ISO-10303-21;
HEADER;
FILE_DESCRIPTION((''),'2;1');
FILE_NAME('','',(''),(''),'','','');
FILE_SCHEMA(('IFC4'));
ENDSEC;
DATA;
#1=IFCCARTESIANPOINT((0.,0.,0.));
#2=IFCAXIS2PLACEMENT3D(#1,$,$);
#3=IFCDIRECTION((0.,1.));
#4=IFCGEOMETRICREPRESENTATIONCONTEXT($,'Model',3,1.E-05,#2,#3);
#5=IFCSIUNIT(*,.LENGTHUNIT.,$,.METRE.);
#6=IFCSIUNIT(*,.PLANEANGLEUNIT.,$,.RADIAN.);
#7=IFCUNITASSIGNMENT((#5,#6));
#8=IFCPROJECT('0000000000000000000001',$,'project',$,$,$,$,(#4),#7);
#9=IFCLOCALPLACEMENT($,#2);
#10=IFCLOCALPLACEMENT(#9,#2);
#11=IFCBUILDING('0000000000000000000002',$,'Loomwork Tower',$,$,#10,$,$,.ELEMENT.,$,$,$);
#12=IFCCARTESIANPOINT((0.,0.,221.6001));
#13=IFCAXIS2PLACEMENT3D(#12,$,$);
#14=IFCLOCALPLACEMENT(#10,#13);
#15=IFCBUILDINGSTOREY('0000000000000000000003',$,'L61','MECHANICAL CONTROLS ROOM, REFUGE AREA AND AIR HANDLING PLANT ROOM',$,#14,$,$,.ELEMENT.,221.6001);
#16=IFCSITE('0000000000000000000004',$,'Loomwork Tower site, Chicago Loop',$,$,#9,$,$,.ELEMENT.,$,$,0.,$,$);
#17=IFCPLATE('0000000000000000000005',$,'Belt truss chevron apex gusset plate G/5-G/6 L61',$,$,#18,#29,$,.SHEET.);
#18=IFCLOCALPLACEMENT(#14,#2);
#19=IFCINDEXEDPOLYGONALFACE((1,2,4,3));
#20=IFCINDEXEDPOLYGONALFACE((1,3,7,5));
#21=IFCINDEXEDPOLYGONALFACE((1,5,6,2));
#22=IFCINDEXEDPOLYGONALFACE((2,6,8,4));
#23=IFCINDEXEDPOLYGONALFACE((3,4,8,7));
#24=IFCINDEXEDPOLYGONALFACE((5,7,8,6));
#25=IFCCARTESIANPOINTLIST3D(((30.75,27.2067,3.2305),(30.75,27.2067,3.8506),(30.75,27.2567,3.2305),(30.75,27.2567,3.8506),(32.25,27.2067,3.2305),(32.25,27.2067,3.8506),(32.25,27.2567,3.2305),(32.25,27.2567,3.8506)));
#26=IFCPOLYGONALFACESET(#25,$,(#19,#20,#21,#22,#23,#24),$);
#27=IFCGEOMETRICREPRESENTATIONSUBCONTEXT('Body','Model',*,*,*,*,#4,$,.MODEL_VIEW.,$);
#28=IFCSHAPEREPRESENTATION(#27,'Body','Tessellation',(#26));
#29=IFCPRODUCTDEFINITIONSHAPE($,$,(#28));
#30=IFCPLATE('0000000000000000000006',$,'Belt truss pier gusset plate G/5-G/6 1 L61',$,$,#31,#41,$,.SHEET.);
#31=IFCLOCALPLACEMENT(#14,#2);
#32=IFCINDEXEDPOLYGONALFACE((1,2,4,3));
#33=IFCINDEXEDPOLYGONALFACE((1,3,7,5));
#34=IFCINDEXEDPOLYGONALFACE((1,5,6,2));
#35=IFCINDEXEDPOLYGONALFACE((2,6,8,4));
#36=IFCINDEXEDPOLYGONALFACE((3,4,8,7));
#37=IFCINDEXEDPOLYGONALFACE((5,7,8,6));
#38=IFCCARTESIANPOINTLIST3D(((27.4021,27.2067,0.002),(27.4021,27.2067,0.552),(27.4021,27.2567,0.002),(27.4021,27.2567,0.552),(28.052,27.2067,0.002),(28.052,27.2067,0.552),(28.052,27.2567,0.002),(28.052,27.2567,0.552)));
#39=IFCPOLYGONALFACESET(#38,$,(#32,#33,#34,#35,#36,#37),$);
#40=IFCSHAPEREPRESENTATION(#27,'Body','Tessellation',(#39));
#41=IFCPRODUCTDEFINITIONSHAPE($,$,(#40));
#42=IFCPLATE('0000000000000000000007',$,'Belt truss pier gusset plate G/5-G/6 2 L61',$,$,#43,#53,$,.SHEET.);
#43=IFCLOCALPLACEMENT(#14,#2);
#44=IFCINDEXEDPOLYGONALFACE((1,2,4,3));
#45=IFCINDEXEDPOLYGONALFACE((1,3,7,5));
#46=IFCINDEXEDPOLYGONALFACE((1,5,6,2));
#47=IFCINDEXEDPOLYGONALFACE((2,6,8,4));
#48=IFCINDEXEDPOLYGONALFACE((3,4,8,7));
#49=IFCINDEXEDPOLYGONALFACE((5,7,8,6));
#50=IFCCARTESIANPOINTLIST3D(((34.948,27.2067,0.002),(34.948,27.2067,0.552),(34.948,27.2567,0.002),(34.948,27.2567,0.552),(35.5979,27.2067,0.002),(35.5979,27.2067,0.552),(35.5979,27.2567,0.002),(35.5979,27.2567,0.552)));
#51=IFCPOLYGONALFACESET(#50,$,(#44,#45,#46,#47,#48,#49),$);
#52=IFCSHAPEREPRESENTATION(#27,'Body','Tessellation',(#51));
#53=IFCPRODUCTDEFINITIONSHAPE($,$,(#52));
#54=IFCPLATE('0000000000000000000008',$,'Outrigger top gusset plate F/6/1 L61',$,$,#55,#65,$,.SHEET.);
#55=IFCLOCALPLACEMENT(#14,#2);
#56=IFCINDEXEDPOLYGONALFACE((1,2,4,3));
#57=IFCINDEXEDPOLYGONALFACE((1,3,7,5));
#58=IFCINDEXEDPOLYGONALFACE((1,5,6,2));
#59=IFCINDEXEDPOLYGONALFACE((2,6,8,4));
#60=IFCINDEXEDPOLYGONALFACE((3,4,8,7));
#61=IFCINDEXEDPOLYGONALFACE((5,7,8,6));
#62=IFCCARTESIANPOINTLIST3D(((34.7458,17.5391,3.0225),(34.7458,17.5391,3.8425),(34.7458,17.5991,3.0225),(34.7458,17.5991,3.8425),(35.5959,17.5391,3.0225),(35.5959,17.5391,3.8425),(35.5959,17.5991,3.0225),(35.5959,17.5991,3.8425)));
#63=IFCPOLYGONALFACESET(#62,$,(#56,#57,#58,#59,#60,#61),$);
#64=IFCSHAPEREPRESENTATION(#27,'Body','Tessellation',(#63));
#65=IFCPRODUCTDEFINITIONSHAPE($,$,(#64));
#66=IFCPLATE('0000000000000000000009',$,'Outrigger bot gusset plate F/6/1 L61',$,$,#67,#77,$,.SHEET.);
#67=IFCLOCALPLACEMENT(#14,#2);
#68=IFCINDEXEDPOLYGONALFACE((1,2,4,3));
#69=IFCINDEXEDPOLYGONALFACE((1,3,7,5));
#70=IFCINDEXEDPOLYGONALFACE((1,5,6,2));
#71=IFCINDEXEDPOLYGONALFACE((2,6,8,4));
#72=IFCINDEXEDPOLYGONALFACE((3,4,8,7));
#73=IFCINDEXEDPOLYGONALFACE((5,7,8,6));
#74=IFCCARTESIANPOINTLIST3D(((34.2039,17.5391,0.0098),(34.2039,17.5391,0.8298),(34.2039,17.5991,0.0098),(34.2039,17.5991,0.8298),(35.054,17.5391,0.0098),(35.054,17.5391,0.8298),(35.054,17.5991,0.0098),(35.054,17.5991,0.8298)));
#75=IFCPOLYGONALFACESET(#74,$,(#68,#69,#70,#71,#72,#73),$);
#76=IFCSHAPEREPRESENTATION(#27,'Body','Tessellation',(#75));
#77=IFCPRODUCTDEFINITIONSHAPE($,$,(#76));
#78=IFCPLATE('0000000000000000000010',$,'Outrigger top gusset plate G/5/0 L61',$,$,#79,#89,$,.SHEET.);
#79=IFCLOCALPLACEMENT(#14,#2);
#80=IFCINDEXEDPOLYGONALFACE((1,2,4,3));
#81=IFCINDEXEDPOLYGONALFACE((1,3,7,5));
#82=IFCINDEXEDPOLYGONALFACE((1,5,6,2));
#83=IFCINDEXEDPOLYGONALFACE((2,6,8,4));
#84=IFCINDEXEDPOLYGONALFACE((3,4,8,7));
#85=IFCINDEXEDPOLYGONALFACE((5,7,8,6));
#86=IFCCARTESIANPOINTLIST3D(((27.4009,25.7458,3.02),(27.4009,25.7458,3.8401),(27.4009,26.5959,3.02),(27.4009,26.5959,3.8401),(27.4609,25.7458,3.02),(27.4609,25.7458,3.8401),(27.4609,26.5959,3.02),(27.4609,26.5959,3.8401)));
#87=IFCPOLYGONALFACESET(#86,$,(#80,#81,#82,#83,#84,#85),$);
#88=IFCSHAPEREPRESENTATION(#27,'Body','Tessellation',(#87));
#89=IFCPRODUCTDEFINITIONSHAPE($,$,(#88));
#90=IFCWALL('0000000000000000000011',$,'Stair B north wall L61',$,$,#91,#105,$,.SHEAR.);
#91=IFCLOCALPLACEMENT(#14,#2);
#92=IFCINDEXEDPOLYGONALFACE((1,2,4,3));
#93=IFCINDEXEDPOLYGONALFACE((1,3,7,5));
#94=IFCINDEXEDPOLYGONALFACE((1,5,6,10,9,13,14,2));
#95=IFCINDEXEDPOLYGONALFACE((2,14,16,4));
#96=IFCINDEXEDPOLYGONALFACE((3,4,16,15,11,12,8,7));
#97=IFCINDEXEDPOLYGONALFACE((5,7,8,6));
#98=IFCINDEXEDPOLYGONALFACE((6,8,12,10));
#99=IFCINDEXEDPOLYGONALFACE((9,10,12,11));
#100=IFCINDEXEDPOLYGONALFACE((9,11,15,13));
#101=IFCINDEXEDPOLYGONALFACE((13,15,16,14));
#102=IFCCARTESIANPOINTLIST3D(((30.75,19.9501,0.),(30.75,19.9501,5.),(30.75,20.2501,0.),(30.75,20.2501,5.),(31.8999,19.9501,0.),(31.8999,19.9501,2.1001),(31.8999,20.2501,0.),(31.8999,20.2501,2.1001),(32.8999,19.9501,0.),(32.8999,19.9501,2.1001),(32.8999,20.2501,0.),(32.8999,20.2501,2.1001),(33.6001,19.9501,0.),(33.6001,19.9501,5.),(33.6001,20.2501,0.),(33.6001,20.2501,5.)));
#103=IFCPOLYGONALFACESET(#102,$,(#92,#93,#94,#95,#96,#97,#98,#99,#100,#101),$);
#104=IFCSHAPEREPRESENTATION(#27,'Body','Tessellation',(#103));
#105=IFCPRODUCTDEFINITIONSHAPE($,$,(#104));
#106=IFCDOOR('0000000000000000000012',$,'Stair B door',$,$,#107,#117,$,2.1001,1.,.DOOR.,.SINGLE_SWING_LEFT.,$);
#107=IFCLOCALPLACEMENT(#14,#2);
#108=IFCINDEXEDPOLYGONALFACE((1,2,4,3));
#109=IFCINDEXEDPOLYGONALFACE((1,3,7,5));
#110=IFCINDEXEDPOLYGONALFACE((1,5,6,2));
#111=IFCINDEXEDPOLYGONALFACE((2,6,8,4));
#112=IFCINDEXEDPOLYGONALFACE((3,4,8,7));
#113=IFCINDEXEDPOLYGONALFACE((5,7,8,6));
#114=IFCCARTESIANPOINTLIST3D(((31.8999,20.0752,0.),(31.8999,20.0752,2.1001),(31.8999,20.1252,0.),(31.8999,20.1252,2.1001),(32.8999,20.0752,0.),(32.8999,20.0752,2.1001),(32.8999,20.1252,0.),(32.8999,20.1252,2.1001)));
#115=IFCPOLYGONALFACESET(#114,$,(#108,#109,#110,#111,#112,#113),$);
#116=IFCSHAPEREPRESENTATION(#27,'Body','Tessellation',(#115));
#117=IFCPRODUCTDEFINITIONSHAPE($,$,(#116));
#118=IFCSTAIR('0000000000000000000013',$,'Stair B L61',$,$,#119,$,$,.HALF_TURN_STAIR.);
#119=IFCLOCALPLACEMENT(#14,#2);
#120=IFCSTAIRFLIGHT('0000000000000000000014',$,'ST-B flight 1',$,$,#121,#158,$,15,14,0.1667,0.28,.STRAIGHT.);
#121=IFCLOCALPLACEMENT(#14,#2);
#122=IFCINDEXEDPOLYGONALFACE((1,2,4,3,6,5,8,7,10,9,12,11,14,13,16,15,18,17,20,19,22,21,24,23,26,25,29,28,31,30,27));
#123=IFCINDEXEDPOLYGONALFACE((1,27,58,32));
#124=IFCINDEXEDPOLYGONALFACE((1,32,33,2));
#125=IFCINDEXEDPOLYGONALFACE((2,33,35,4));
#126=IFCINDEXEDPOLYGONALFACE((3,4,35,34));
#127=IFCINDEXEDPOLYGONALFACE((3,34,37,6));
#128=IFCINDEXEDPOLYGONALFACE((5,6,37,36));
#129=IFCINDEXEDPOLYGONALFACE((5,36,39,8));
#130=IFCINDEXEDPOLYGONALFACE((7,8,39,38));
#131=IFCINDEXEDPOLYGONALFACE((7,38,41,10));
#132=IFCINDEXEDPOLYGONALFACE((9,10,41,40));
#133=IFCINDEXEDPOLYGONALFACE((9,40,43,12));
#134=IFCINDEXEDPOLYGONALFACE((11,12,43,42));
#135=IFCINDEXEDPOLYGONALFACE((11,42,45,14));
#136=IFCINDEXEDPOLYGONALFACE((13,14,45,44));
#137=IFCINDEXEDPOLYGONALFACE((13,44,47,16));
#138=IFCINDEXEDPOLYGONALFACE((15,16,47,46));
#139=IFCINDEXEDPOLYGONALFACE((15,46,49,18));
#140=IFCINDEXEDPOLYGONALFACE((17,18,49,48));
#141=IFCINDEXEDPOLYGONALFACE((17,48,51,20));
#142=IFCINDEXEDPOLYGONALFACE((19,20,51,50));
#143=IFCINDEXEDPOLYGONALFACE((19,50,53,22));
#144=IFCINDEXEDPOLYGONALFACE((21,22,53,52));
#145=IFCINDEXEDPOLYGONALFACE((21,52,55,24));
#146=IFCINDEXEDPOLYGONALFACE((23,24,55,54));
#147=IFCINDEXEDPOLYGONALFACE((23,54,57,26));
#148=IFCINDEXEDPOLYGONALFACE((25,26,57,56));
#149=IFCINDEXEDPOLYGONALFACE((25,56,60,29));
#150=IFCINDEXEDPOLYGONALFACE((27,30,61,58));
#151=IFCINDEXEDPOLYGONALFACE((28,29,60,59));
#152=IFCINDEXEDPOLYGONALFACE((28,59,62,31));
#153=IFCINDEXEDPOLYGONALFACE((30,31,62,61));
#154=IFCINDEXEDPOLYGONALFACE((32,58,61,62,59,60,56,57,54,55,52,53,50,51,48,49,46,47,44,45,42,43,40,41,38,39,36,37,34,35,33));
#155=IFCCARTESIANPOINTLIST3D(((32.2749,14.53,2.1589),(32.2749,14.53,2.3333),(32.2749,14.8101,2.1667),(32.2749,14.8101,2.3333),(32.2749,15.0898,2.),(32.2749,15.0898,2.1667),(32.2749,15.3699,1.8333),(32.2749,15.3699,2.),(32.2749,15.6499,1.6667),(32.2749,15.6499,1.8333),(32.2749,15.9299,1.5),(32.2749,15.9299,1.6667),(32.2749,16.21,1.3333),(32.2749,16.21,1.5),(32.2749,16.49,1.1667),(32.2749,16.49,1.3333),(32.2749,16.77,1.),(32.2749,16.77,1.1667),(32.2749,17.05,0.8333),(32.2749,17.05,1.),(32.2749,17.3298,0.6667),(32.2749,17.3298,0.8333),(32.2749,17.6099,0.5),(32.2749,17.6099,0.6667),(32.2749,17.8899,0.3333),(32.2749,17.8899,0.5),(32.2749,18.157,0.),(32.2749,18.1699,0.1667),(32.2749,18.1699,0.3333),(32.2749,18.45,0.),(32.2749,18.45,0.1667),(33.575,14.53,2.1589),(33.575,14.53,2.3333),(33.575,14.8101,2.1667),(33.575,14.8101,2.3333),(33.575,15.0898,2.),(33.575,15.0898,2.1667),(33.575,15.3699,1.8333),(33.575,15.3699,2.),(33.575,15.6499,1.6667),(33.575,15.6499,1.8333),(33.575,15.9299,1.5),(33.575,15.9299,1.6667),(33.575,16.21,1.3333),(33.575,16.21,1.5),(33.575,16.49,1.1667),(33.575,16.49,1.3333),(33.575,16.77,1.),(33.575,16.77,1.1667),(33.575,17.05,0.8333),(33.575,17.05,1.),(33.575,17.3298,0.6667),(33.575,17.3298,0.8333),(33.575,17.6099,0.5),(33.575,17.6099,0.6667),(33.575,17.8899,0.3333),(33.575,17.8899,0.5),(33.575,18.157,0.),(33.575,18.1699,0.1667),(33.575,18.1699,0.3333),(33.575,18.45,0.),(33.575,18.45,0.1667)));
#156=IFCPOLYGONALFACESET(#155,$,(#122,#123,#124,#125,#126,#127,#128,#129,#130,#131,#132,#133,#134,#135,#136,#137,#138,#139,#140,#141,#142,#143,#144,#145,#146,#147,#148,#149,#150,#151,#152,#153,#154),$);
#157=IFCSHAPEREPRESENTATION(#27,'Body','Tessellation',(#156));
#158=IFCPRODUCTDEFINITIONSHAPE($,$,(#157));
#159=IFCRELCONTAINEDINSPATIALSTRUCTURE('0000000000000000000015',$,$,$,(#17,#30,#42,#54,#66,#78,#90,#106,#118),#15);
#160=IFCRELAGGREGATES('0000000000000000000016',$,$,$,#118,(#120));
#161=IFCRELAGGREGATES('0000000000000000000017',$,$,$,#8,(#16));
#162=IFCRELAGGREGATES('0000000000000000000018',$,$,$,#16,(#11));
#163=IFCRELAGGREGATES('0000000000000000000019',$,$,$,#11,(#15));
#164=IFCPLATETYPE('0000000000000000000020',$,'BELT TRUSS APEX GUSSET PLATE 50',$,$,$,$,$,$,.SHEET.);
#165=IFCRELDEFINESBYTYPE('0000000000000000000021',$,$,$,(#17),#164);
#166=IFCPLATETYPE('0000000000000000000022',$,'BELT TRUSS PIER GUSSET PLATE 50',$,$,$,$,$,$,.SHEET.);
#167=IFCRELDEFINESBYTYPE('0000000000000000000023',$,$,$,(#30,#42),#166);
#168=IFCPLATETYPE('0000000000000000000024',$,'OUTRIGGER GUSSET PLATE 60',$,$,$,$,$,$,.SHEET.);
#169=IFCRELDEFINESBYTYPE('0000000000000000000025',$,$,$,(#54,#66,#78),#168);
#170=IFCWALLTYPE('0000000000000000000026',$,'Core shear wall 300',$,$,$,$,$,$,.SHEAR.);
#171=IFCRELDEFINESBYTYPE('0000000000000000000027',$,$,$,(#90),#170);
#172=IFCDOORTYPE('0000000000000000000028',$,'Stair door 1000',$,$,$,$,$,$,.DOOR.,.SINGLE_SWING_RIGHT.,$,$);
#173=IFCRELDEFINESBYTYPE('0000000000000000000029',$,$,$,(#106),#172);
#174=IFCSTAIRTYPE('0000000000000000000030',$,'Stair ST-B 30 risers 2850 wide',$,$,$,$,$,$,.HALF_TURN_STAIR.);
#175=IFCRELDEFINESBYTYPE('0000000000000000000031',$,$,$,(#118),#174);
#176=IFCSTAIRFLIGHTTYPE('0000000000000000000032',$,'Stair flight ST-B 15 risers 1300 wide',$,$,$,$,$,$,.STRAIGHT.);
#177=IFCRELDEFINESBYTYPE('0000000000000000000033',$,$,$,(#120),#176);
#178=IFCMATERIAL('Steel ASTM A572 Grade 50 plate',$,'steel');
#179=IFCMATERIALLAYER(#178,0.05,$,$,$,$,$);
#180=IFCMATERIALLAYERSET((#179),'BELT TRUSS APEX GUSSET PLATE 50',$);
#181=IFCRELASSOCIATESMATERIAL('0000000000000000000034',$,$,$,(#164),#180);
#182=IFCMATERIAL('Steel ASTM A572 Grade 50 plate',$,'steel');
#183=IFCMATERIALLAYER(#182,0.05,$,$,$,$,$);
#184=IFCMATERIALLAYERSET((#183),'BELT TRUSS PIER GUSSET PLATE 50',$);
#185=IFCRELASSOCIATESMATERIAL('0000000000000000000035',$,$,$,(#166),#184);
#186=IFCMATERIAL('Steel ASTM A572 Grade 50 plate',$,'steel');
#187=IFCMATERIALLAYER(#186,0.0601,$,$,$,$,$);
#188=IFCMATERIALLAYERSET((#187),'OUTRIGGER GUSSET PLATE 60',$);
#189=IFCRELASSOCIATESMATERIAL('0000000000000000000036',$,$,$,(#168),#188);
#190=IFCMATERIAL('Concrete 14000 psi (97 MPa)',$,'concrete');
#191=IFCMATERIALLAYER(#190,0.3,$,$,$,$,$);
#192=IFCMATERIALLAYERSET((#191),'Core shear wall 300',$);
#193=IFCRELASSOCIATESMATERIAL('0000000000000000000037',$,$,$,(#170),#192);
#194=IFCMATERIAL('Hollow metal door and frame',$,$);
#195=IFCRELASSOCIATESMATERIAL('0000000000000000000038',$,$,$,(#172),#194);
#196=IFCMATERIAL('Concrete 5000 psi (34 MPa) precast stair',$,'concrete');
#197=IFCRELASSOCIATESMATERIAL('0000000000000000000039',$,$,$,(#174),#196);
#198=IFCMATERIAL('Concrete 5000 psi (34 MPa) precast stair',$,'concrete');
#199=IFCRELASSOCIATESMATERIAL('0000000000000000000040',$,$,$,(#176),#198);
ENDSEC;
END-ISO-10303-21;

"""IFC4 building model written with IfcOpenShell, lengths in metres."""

from ifc_helpers import new_model, si_unit, direction, frame, frame_2d, origin, origin_2d, place, context, subcontext, project, spatial, polyline, rectangle, outline, extrude, material, layer, layer_set, type_object, element, fill, aggregate, save


model = new_model("IFC4")

# Units and contexts
model_context = context("Model", 3, precision=1e-05, world=origin(), true_north=direction((0.0, 1.0)))
body_context = subcontext(model_context, "Body", "Model", "MODEL_VIEW")
ifc_project = project(units=[si_unit("LENGTHUNIT", "METRE"), si_unit("PLANEANGLEUNIT", "RADIAN")], contexts=[model_context])

# Site, building, storey
site_placement = place(None, origin())
site = spatial("IfcSite", under=ifc_project, at=site_placement, Name="Loomwork Tower site, Chicago Loop", CompositionType="ELEMENT", RefElevation=0.0)
building_placement = place(site_placement, origin())
building = spatial("IfcBuilding", under=site, at=building_placement, Name="Loomwork Tower", CompositionType="ELEMENT")
storey_placement = place(building_placement, frame((0.0, 0.0, 221.6001)))
storey = spatial("IfcBuildingStorey", under=building, at=storey_placement, Name="L61", Description="MECHANICAL CONTROLS ROOM, REFUGE AREA AND AIR HANDLING PLANT ROOM", CompositionType="ELEMENT", Elevation=221.6001)

# Plates
ifc_material_1 = material(Name="Steel ASTM A572 Grade 50 plate", Category="steel")
ifc_layer_1 = layer(ifc_material_1, 0.05)
ifc_layer_set_1 = layer_set([ifc_layer_1], Name="BELT TRUSS APEX GUSSET PLATE 50")
plate_type_1 = type_object("IfcPlateType", Name="BELT TRUSS APEX GUSSET PLATE 50", PredefinedType="SHEET", material=ifc_layer_set_1)
plate_1_placement = place(storey_placement, frame((31.5, 27.2317, 3.2305), z_axis=(0.0, 0.0, 1.0), x_axis=(1.0, 0.0, 0.0)))
element("IfcPlate", 1, at=plate_1_placement, inside=storey, type_object=plate_type_1, Name="Belt truss chevron apex gusset plate G/5-G/6 L61", PredefinedType="SHEET", context=body_context, shape_type="SweptSolid", body=[
    extrude(rectangle(XDim=1.5, YDim=0.05, at=origin_2d()), origin(), (0.0, 0.0, 1.0), 0.6201),
])
ifc_material_2 = material(Name="Steel ASTM A572 Grade 50 plate", Category="steel")
ifc_layer_2 = layer(ifc_material_2, 0.05)
ifc_layer_set_2 = layer_set([ifc_layer_2], Name="BELT TRUSS PIER GUSSET PLATE 50")
plate_type_2 = type_object("IfcPlateType", Name="BELT TRUSS PIER GUSSET PLATE 50", PredefinedType="SHEET", material=ifc_layer_set_2)
for number, where, z_axis, x_axis, name in (
    (2, (27.7271, 27.2317, 0.002), (0.0, 0.0, 1.0), (1.0, 0.0, 0.0), "Belt truss pier gusset plate G/5-G/6 1 L61"),
    (3, (35.2729, 27.2317, 0.002), (0.0, 0.0, 1.0), (1.0, 0.0, 0.0), "Belt truss pier gusset plate G/5-G/6 2 L61"),
):
    element("IfcPlate", number, at=place(storey_placement, frame(where, z_axis=z_axis, x_axis=x_axis)), inside=storey, type_object=plate_type_2, Name=name, PredefinedType="SHEET", context=body_context, shape_type="SweptSolid", body=[
        extrude(rectangle(XDim=0.6499, YDim=0.05, at=origin_2d()), origin(), (0.0, 0.0, 1.0), 0.55),
    ])
ifc_material_3 = material(Name="Steel ASTM A572 Grade 50 plate", Category="steel")
ifc_layer_3 = layer(ifc_material_3, 0.0601)
ifc_layer_set_3 = layer_set([ifc_layer_3], Name="OUTRIGGER GUSSET PLATE 60")
plate_type_3 = type_object("IfcPlateType", Name="OUTRIGGER GUSSET PLATE 60", PredefinedType="SHEET", material=ifc_layer_set_3)
for number, where, z_axis, x_axis, name in (
    (4, (35.1709, 17.5691, 3.0225), (0.0, 0.0, 1.0), (1.0, 0.0, 0.0), "Outrigger top gusset plate F/6/1 L61"),
    (5, (34.6289, 17.5691, 0.0098), (0.0, 0.0, 1.0), (1.0, 0.0, 0.0), "Outrigger bot gusset plate F/6/1 L61"),
    (6, (27.4309, 26.1709, 3.02), (0.0, 0.0, 1.0), (0.0, 1.0, 0.0), "Outrigger top gusset plate G/5/0 L61"),
):
    element("IfcPlate", number, at=place(storey_placement, frame(where, z_axis=z_axis, x_axis=x_axis)), inside=storey, type_object=plate_type_3, Name=name, PredefinedType="SHEET", context=body_context, shape_type="SweptSolid", body=[
        extrude(rectangle(XDim=0.8501, YDim=0.0601, at=origin_2d()), origin(), (0.0, 0.0, 1.0), 0.8201),
    ])

# Wall, opening, door
ifc_material_4 = material(Name="Concrete 14000 psi (97 MPa)", Category="concrete")
ifc_layer_4 = layer(ifc_material_4, 0.3)
ifc_layer_set_4 = layer_set([ifc_layer_4], Name="Core shear wall 300")
wall_type = type_object("IfcWallType", Name="Core shear wall 300", PredefinedType="SHEAR", material=ifc_layer_set_4)
wall_placement = place(storey_placement, frame((30.75, 20.1001, 0.0), z_axis=(0.0, 0.0, 1.0), x_axis=(1.0, 0.0, 0.0)))
wall = element("IfcWall", 7, at=wall_placement, inside=storey, type_object=wall_type, Name="Stair B north wall L61", PredefinedType="SHEAR", context=body_context, shape_type="SweptSolid", body=[
    extrude(rectangle(XDim=2.8501, YDim=0.3, at=frame_2d((1.425, 0.0))), origin(), (0.0, 0.0, 1.0), 5.0),
])
opening_placement = place(wall_placement, frame((1.1499, 0.0, 0.0)))
opening = element("IfcOpeningElement", 8, at=opening_placement, cuts=wall, PredefinedType="OPENING", context=body_context, shape_type="SweptSolid", body=[
    extrude(rectangle(XDim=1.0, YDim=2.1001, at=frame_2d((0.5, 1.05))), frame((0.0, 0.1599, 0.0), z_axis=(0.0, -1.0, 0.0), x_axis=(1.0, 0.0, 0.0)), (0.0, 0.0, 1.0), 0.3201),
])
ifc_material_5 = material(Name="Hollow metal door and frame")
door_type = type_object("IfcDoorType", Name="Stair door 1000", OperationType="SINGLE_SWING_RIGHT", PredefinedType="DOOR", material=ifc_material_5)
door_placement = place(opening_placement, frame((1.0, 0.0, 0.0), z_axis=(0.0, 0.0, 1.0), x_axis=(-1.0, 0.0, 0.0)))
door = element("IfcDoor", 9, at=door_placement, inside=storey, type_object=door_type, Name="Stair B door", OperationType="SINGLE_SWING_LEFT", OverallHeight=2.1001, OverallWidth=1.0, PredefinedType="DOOR", context=body_context, shape_type="SweptSolid", body=[
    extrude(rectangle(XDim=1.0, YDim=2.1001, at=frame_2d((0.5, 1.05))), frame((0.0, 0.0249, 0.0), z_axis=(0.0, -1.0, 0.0), x_axis=(1.0, 0.0, 0.0)), (0.0, 0.0, 1.0), 0.05),
])
fill(opening, door)

# Stair, stair flight
ifc_material_6 = material(Name="Concrete 5000 psi (34 MPa) precast stair", Category="concrete")
stair_type = type_object("IfcStairType", Name="Stair ST-B 30 risers 2850 wide", PredefinedType="HALF_TURN_STAIR", material=ifc_material_6)
stair_placement = place(storey_placement, origin())
stair = element("IfcStair", 10, at=stair_placement, inside=storey, type_object=stair_type, Name="Stair B L61", PredefinedType="HALF_TURN_STAIR")
ifc_material_7 = material(Name="Concrete 5000 psi (34 MPa) precast stair", Category="concrete")
stair_flight_type = type_object("IfcStairFlightType", Name="Stair flight ST-B 15 risers 1300 wide", PredefinedType="STRAIGHT", material=ifc_material_7)
stair_flight_1_placement = place(storey_placement, frame((32.925, 18.45, 0.0), z_axis=(0.0, 0.0, 1.0), x_axis=(0.0, -1.0, 0.0)))
stair_flight_1 = element("IfcStairFlight", 11, at=stair_flight_1_placement, type_object=stair_flight_type, Name="ST-B flight 1", NumberOfRisers=15, NumberOfTreads=14, PredefinedType="STRAIGHT", RiserHeight=0.1667, TreadLength=0.28, context=body_context, shape_type="SweptSolid", body=[
    extrude(outline(polyline([(0.0, 0.0), (0.0, 0.1667), (0.28, 0.1667), (0.28, 0.3333), (0.5601, 0.3333), (0.5601, 0.5), (0.8401, 0.5), (0.8401, 0.6667), (1.1201, 0.6667), (1.1201, 0.8333), (1.3999, 0.8333), (1.3999, 1.0), (1.6799, 1.0), (1.6799, 1.1667), (1.96, 1.1667), (1.96, 1.3333), (2.24, 1.3333), (2.24, 1.5), (2.52, 1.5), (2.52, 1.6667), (2.8, 1.6667), (2.8, 1.8333), (3.0801, 1.8333), (3.0801, 2.0), (3.3601, 2.0), (3.3601, 2.1667), (3.6399, 2.1667), (3.6399, 2.3333), (3.9199, 2.3333), (3.9199, 2.5), (3.9199, 2.1589), (0.293, 0.0), (0.0, 0.0)])), frame((0.0, 0.6499, 0.0), z_axis=(0.0, -1.0, 0.0), x_axis=(1.0, 0.0, 0.0)), (0.0, 0.0, 1.0), 1.3),
])
aggregate(stair, [stair_flight_1])

save(model, "model.ifc")
